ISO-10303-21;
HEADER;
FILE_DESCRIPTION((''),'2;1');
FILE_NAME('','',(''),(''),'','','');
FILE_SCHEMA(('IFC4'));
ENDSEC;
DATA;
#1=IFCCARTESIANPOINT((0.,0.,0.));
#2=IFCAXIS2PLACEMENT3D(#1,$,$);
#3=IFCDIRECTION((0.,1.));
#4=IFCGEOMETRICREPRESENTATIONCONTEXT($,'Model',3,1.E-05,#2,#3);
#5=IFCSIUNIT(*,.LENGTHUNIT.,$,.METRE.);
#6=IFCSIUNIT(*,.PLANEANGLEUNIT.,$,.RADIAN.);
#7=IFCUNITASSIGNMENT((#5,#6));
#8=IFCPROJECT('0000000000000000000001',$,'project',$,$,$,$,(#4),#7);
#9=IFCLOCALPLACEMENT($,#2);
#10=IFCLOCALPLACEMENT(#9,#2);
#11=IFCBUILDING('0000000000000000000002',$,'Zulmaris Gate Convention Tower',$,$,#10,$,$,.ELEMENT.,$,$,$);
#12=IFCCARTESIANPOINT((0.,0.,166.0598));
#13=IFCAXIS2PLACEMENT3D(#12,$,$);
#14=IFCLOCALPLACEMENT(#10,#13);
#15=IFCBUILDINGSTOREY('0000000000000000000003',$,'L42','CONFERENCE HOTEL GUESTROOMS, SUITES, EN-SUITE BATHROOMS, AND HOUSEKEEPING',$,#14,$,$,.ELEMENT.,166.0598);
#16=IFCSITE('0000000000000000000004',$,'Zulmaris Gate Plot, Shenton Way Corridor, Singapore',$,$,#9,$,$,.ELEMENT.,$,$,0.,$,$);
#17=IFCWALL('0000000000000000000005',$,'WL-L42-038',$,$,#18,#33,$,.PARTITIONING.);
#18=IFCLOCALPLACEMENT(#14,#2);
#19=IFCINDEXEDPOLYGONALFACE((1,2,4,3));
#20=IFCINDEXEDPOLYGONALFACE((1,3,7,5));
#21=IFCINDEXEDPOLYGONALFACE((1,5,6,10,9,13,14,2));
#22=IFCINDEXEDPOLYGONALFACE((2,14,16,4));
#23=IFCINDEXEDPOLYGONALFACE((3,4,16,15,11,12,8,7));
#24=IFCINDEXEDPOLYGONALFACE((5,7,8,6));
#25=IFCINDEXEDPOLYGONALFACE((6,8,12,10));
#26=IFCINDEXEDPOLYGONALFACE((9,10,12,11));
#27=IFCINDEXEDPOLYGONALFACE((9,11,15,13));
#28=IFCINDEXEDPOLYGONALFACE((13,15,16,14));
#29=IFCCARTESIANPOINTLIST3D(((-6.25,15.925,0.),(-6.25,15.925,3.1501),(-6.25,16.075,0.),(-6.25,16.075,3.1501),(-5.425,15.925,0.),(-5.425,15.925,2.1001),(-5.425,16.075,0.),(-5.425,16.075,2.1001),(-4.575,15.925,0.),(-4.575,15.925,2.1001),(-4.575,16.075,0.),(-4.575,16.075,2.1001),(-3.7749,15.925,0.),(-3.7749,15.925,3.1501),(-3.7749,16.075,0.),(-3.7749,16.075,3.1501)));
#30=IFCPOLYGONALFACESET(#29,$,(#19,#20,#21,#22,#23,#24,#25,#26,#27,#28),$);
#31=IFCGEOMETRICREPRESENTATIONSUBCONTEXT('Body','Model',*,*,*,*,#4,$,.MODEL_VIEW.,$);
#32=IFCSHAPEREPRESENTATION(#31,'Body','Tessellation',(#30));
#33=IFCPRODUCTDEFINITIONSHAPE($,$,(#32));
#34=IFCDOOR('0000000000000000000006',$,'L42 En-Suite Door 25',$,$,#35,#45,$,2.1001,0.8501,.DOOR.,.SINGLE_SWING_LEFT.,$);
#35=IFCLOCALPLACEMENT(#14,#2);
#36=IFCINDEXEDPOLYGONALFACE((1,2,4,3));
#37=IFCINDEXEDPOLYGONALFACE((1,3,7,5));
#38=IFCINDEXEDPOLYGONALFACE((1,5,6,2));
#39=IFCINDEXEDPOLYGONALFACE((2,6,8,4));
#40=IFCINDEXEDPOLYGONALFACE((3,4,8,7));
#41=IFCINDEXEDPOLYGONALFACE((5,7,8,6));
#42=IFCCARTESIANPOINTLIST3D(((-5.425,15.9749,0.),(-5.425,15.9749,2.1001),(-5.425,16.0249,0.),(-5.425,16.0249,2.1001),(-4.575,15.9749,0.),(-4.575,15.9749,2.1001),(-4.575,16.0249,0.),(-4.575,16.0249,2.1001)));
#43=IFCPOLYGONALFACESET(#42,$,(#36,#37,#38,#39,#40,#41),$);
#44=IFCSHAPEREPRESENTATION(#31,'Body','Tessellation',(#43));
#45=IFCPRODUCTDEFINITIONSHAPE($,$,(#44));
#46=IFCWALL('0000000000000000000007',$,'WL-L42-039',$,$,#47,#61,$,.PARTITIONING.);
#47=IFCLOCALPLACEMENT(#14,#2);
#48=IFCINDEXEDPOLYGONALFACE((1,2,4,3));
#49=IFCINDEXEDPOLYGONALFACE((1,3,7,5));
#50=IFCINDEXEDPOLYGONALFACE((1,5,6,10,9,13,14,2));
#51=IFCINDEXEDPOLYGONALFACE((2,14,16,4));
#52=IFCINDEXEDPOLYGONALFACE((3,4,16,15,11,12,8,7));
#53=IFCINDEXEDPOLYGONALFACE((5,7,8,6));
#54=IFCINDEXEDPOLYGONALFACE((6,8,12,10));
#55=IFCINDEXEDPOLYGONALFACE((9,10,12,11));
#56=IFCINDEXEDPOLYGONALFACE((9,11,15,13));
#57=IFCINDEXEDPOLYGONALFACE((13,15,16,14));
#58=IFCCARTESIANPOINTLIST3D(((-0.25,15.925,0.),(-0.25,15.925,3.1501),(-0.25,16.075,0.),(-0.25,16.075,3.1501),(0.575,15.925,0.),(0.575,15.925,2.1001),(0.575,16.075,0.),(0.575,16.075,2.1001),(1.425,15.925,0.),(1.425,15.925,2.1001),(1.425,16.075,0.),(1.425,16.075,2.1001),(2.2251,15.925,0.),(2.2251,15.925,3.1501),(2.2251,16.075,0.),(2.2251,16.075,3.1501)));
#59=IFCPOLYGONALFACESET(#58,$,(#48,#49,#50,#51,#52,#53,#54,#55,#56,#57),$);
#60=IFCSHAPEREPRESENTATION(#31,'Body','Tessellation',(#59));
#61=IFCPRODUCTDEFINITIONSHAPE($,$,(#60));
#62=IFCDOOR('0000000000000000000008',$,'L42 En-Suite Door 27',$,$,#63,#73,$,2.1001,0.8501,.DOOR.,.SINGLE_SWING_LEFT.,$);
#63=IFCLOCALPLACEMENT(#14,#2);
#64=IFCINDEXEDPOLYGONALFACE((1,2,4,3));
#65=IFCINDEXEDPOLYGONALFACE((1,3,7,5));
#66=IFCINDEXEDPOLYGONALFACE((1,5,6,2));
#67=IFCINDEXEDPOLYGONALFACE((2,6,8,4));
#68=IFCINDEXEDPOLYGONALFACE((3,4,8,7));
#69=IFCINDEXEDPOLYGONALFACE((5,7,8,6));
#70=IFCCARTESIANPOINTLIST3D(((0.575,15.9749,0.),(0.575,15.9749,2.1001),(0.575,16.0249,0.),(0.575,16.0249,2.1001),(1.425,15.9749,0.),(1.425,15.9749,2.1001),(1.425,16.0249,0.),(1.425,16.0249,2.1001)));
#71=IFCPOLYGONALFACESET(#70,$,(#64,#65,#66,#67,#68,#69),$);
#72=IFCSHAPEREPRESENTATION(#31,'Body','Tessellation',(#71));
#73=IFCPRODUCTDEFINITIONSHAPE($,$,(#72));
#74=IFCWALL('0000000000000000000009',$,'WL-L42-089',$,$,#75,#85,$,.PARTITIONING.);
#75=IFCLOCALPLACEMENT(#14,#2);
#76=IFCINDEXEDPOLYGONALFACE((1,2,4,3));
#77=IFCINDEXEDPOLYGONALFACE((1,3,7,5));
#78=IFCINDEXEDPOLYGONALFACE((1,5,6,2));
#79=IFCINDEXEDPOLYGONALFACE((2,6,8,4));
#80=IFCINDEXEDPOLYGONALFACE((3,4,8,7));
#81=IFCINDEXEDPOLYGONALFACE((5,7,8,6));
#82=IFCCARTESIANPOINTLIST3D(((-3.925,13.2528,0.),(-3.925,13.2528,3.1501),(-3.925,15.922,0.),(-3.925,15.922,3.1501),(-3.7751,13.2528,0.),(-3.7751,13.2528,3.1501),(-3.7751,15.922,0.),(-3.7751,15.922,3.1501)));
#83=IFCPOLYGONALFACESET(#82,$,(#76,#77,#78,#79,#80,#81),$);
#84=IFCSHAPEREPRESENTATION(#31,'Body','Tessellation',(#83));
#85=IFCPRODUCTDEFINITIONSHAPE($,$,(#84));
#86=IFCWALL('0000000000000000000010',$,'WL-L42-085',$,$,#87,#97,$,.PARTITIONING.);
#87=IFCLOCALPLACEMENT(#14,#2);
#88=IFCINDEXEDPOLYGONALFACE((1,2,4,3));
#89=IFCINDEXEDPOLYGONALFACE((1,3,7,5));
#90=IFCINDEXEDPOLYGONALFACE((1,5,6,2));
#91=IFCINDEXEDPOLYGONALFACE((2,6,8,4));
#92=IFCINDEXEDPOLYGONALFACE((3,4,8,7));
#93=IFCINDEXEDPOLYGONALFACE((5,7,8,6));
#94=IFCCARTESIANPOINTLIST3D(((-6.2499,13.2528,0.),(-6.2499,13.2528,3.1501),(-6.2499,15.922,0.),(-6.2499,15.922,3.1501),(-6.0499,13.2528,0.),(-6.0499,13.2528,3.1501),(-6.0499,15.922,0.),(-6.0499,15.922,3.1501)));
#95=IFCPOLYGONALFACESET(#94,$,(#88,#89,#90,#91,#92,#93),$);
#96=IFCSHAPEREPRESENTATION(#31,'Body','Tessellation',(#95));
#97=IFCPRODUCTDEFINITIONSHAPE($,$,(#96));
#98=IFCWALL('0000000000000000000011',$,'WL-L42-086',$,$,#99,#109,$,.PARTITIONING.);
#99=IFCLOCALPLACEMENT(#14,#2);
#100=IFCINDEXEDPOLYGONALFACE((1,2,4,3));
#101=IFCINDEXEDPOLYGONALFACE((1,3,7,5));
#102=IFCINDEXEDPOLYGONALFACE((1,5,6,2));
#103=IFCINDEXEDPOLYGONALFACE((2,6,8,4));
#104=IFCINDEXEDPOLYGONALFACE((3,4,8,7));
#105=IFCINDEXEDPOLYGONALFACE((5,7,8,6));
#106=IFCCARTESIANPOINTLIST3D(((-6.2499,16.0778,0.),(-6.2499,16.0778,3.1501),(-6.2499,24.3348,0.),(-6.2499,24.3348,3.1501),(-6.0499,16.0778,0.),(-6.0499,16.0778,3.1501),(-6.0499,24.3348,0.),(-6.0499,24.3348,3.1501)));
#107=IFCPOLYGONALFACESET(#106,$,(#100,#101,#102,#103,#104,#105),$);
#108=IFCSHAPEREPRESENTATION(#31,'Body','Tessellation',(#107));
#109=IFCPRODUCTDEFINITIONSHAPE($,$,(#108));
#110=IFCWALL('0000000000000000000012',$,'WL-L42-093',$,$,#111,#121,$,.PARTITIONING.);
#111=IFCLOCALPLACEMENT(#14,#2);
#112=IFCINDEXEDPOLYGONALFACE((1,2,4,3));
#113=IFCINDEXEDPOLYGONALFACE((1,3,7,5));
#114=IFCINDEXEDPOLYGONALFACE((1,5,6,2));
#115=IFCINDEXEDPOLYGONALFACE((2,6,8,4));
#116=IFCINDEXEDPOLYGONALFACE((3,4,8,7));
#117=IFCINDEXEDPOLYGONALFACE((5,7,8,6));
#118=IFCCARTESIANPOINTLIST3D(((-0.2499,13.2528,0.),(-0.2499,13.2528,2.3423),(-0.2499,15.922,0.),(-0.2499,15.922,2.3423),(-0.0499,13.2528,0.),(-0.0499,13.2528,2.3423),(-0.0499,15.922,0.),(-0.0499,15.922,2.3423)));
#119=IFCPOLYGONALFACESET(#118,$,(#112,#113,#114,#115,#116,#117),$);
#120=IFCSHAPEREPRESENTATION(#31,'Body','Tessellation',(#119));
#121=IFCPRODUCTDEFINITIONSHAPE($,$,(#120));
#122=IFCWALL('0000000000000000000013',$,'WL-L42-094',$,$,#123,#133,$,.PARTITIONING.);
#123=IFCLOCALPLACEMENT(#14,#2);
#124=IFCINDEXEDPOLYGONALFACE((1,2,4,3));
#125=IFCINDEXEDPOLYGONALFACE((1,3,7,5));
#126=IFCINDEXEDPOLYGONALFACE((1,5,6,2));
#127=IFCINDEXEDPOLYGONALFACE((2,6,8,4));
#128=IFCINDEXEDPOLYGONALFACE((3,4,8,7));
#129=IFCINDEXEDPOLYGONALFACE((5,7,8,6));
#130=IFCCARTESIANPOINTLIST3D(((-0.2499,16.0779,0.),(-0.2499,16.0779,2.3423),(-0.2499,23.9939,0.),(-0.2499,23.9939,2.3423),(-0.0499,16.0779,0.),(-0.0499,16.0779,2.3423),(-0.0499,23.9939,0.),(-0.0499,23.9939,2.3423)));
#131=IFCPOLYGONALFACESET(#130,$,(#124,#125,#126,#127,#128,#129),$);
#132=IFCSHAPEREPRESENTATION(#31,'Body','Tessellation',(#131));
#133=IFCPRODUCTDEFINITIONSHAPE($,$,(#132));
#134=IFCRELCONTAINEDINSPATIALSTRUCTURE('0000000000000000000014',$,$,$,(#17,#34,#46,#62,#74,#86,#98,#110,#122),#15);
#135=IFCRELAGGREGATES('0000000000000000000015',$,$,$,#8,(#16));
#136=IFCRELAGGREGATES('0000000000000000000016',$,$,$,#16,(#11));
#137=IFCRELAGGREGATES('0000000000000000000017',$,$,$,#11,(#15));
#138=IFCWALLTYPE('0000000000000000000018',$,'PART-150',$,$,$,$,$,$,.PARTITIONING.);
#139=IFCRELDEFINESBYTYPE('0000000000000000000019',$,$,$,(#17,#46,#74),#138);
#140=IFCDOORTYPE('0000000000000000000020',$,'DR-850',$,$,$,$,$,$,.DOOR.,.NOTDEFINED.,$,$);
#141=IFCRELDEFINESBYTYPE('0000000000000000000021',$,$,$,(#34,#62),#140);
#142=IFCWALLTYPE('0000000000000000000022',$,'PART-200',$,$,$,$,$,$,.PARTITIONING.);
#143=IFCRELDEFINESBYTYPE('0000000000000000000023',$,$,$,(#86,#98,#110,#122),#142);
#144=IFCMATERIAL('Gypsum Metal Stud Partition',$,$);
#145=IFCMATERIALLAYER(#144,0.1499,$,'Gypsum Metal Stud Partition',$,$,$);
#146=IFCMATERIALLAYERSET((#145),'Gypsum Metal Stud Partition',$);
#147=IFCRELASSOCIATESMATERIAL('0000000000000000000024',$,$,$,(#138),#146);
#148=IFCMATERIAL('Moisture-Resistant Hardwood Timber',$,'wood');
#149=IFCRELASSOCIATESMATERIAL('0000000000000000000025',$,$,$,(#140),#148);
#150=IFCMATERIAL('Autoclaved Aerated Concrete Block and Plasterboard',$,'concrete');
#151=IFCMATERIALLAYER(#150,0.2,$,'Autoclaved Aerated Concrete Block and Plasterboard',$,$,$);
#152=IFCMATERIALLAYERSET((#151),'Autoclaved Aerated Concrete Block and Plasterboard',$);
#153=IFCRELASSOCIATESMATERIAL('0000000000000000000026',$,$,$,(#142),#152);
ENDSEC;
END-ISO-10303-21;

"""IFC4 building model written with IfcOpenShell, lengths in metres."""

from ifc_helpers import new_model, si_unit, direction, frame, frame_2d, origin, place, context, subcontext, project, spatial, rectangle, extrude, material, layer, layer_set, type_object, element, fill, save


model = new_model("IFC4")

# Units and contexts
model_context = context("Model", 3, precision=1e-05, world=origin(), true_north=direction((0.0, 1.0)))
body_context = subcontext(model_context, "Body", "Model", "MODEL_VIEW")
ifc_project = project(units=[si_unit("LENGTHUNIT", "METRE"), si_unit("PLANEANGLEUNIT", "RADIAN")], contexts=[model_context])

# Site, building, storey
site_placement = place(None, origin())
site = spatial("IfcSite", under=ifc_project, at=site_placement, Name="Zulmaris Gate Plot, Shenton Way Corridor, Singapore", CompositionType="ELEMENT", RefElevation=0.0)
building_placement = place(site_placement, origin())
building = spatial("IfcBuilding", under=site, at=building_placement, Name="Zulmaris Gate Convention Tower", CompositionType="ELEMENT")
storey_placement = place(building_placement, frame((0.0, 0.0, 166.0598)))
storey = spatial("IfcBuildingStorey", under=building, at=storey_placement, Name="L42", Description="CONFERENCE HOTEL GUESTROOMS, SUITES, EN-SUITE BATHROOMS, AND HOUSEKEEPING", CompositionType="ELEMENT", Elevation=166.0598)

# Shared definitions
ifc_material_1 = material(Name="Gypsum Metal Stud Partition")
ifc_layer_1 = layer(ifc_material_1, 0.1499, Name="Gypsum Metal Stud Partition")
ifc_layer_set_1 = layer_set([ifc_layer_1], Name="Gypsum Metal Stud Partition")
wall_type_1 = type_object("IfcWallType", Name="PART-150", PredefinedType="PARTITIONING", material=ifc_layer_set_1)

# Walls, openings, doors
wall_1_placement = place(storey_placement, frame((-6.25, 16.0, 0.0), z_axis=(0.0, 0.0, 1.0), x_axis=(1.0, 0.0, 0.0)))
wall_1 = element("IfcWall", 1, at=wall_1_placement, inside=storey, type_object=wall_type_1, Name="WL-L42-038", PredefinedType="PARTITIONING", context=body_context, shape_type="SweptSolid", body=[
    extrude(rectangle(XDim=2.4751, YDim=0.1499, at=frame_2d((1.2375, 0.0))), origin(), (0.0, 0.0, 1.0), 3.1501),
])
opening_1_placement = place(wall_1_placement, frame((0.825, 0.0, 0.0)))
opening_1 = element("IfcOpeningElement", 2, at=opening_1_placement, cuts=wall_1, PredefinedType="OPENING", context=body_context, shape_type="SweptSolid", body=[
    extrude(rectangle(XDim=0.8501, YDim=2.1001, at=frame_2d((0.425, 1.05))), frame((0.0, 0.085, 0.0), z_axis=(0.0, -1.0, 0.0), x_axis=(1.0, 0.0, 0.0)), (0.0, 0.0, 1.0), 0.1699),
])
ifc_material_2 = material(Name="Moisture-Resistant Hardwood Timber", Category="wood")
door_type_1 = type_object("IfcDoorType", Name="DR-850", OperationType="NOTDEFINED", PredefinedType="DOOR", material=ifc_material_2)
door_1_placement = place(opening_1_placement, origin())
door_1 = element("IfcDoor", 3, at=door_1_placement, inside=storey, type_object=door_type_1, Name="L42 En-Suite Door 25", OperationType="SINGLE_SWING_LEFT", OverallHeight=2.1001, OverallWidth=0.8501, PredefinedType="DOOR", context=body_context, shape_type="SweptSolid", body=[
    extrude(rectangle(XDim=0.8501, YDim=2.1001, at=frame_2d((0.425, 1.05))), frame((0.0, 0.0249, 0.0), z_axis=(0.0, -1.0, 0.0), x_axis=(1.0, 0.0, 0.0)), (0.0, 0.0, 1.0), 0.05),
])
fill(opening_1, door_1)
wall_2_placement = place(storey_placement, frame((-0.25, 16.0, 0.0), z_axis=(0.0, 0.0, 1.0), x_axis=(1.0, 0.0, 0.0)))
wall_2 = element("IfcWall", 4, at=wall_2_placement, inside=storey, type_object=wall_type_1, Name="WL-L42-039", PredefinedType="PARTITIONING", context=body_context, shape_type="SweptSolid", body=[
    extrude(rectangle(XDim=2.4751, YDim=0.1499, at=frame_2d((1.2375, 0.0))), origin(), (0.0, 0.0, 1.0), 3.1501),
])
opening_2_placement = place(wall_2_placement, frame((0.825, 0.0, 0.0)))
opening_2 = element("IfcOpeningElement", 5, at=opening_2_placement, cuts=wall_2, PredefinedType="OPENING", context=body_context, shape_type="SweptSolid", body=[
    extrude(rectangle(XDim=0.8501, YDim=2.1001, at=frame_2d((0.425, 1.05))), frame((0.0, 0.085, 0.0), z_axis=(0.0, -1.0, 0.0), x_axis=(1.0, 0.0, 0.0)), (0.0, 0.0, 1.0), 0.1699),
])
door_2_placement = place(opening_2_placement, origin())
door_2 = element("IfcDoor", 6, at=door_2_placement, inside=storey, type_object=door_type_1, Name="L42 En-Suite Door 27", OperationType="SINGLE_SWING_LEFT", OverallHeight=2.1001, OverallWidth=0.8501, PredefinedType="DOOR", context=body_context, shape_type="SweptSolid", body=[
    extrude(rectangle(XDim=0.8501, YDim=2.1001, at=frame_2d((0.425, 1.05))), frame((0.0, 0.0249, 0.0), z_axis=(0.0, -1.0, 0.0), x_axis=(1.0, 0.0, 0.0)), (0.0, 0.0, 1.0), 0.05),
])
fill(opening_2, door_2)

# Walls
wall_3_placement = place(storey_placement, frame((-3.8501, 13.2529, 0.0), z_axis=(0.0, 0.0, 1.0), x_axis=(0.0, 1.0, 0.0)))
element("IfcWall", 7, at=wall_3_placement, inside=storey, type_object=wall_type_1, Name="WL-L42-089", PredefinedType="PARTITIONING", context=body_context, shape_type="SweptSolid", body=[
    extrude(rectangle(XDim=2.6692, YDim=0.1499, at=frame_2d((1.3345, 0.0))), origin(), (0.0, 0.0, 1.0), 3.1501),
])
ifc_material_3 = material(Name="Autoclaved Aerated Concrete Block and Plasterboard", Category="concrete")
ifc_layer_2 = layer(ifc_material_3, 0.2, Name="Autoclaved Aerated Concrete Block and Plasterboard")
ifc_layer_set_2 = layer_set([ifc_layer_2], Name="Autoclaved Aerated Concrete Block and Plasterboard")
wall_type_2 = type_object("IfcWallType", Name="PART-200", PredefinedType="PARTITIONING", material=ifc_layer_set_2)
wall_4_placement = place(storey_placement, frame((-6.1499, 13.2529, 0.0), z_axis=(0.0, 0.0, 1.0), x_axis=(0.0, 1.0, 0.0)))
element("IfcWall", 8, at=wall_4_placement, inside=storey, type_object=wall_type_2, Name="WL-L42-085", PredefinedType="PARTITIONING", context=body_context, shape_type="SweptSolid", body=[
    extrude(rectangle(XDim=2.6692, YDim=0.2, at=frame_2d((1.3345, 0.0))), origin(), (0.0, 0.0, 1.0), 3.1501),
])
wall_5_placement = place(storey_placement, frame((-6.1499, 16.0779, 0.0), z_axis=(0.0, 0.0, 1.0), x_axis=(0.0, 1.0, 0.0)))
element("IfcWall", 9, at=wall_5_placement, inside=storey, type_object=wall_type_2, Name="WL-L42-086", PredefinedType="PARTITIONING", context=body_context, shape_type="SweptSolid", body=[
    extrude(rectangle(XDim=8.2571, YDim=0.2, at=frame_2d((4.1284, 0.0))), origin(), (0.0, 0.0, 1.0), 3.1501),
])
wall_6_placement = place(storey_placement, frame((-0.1499, 13.2529, 0.0), z_axis=(0.0, 0.0, 1.0), x_axis=(0.0, 1.0, 0.0)))
element("IfcWall", 10, at=wall_6_placement, inside=storey, type_object=wall_type_2, Name="WL-L42-093", PredefinedType="PARTITIONING", context=body_context, shape_type="SweptSolid", body=[
    extrude(rectangle(XDim=2.6692, YDim=0.2, at=frame_2d((1.3345, 0.0))), origin(), (0.0, 0.0, 1.0), 2.3423),
])
wall_7_placement = place(storey_placement, frame((-0.1499, 16.0779, 0.0), z_axis=(0.0, 0.0, 1.0), x_axis=(0.0, 1.0, 0.0)))
element("IfcWall", 11, at=wall_7_placement, inside=storey, type_object=wall_type_2, Name="WL-L42-094", PredefinedType="PARTITIONING", context=body_context, shape_type="SweptSolid", body=[
    extrude(rectangle(XDim=7.916, YDim=0.2, at=frame_2d((3.958, 0.0))), origin(), (0.0, 0.0, 1.0), 2.3423),
])

save(model, "model.ifc")
